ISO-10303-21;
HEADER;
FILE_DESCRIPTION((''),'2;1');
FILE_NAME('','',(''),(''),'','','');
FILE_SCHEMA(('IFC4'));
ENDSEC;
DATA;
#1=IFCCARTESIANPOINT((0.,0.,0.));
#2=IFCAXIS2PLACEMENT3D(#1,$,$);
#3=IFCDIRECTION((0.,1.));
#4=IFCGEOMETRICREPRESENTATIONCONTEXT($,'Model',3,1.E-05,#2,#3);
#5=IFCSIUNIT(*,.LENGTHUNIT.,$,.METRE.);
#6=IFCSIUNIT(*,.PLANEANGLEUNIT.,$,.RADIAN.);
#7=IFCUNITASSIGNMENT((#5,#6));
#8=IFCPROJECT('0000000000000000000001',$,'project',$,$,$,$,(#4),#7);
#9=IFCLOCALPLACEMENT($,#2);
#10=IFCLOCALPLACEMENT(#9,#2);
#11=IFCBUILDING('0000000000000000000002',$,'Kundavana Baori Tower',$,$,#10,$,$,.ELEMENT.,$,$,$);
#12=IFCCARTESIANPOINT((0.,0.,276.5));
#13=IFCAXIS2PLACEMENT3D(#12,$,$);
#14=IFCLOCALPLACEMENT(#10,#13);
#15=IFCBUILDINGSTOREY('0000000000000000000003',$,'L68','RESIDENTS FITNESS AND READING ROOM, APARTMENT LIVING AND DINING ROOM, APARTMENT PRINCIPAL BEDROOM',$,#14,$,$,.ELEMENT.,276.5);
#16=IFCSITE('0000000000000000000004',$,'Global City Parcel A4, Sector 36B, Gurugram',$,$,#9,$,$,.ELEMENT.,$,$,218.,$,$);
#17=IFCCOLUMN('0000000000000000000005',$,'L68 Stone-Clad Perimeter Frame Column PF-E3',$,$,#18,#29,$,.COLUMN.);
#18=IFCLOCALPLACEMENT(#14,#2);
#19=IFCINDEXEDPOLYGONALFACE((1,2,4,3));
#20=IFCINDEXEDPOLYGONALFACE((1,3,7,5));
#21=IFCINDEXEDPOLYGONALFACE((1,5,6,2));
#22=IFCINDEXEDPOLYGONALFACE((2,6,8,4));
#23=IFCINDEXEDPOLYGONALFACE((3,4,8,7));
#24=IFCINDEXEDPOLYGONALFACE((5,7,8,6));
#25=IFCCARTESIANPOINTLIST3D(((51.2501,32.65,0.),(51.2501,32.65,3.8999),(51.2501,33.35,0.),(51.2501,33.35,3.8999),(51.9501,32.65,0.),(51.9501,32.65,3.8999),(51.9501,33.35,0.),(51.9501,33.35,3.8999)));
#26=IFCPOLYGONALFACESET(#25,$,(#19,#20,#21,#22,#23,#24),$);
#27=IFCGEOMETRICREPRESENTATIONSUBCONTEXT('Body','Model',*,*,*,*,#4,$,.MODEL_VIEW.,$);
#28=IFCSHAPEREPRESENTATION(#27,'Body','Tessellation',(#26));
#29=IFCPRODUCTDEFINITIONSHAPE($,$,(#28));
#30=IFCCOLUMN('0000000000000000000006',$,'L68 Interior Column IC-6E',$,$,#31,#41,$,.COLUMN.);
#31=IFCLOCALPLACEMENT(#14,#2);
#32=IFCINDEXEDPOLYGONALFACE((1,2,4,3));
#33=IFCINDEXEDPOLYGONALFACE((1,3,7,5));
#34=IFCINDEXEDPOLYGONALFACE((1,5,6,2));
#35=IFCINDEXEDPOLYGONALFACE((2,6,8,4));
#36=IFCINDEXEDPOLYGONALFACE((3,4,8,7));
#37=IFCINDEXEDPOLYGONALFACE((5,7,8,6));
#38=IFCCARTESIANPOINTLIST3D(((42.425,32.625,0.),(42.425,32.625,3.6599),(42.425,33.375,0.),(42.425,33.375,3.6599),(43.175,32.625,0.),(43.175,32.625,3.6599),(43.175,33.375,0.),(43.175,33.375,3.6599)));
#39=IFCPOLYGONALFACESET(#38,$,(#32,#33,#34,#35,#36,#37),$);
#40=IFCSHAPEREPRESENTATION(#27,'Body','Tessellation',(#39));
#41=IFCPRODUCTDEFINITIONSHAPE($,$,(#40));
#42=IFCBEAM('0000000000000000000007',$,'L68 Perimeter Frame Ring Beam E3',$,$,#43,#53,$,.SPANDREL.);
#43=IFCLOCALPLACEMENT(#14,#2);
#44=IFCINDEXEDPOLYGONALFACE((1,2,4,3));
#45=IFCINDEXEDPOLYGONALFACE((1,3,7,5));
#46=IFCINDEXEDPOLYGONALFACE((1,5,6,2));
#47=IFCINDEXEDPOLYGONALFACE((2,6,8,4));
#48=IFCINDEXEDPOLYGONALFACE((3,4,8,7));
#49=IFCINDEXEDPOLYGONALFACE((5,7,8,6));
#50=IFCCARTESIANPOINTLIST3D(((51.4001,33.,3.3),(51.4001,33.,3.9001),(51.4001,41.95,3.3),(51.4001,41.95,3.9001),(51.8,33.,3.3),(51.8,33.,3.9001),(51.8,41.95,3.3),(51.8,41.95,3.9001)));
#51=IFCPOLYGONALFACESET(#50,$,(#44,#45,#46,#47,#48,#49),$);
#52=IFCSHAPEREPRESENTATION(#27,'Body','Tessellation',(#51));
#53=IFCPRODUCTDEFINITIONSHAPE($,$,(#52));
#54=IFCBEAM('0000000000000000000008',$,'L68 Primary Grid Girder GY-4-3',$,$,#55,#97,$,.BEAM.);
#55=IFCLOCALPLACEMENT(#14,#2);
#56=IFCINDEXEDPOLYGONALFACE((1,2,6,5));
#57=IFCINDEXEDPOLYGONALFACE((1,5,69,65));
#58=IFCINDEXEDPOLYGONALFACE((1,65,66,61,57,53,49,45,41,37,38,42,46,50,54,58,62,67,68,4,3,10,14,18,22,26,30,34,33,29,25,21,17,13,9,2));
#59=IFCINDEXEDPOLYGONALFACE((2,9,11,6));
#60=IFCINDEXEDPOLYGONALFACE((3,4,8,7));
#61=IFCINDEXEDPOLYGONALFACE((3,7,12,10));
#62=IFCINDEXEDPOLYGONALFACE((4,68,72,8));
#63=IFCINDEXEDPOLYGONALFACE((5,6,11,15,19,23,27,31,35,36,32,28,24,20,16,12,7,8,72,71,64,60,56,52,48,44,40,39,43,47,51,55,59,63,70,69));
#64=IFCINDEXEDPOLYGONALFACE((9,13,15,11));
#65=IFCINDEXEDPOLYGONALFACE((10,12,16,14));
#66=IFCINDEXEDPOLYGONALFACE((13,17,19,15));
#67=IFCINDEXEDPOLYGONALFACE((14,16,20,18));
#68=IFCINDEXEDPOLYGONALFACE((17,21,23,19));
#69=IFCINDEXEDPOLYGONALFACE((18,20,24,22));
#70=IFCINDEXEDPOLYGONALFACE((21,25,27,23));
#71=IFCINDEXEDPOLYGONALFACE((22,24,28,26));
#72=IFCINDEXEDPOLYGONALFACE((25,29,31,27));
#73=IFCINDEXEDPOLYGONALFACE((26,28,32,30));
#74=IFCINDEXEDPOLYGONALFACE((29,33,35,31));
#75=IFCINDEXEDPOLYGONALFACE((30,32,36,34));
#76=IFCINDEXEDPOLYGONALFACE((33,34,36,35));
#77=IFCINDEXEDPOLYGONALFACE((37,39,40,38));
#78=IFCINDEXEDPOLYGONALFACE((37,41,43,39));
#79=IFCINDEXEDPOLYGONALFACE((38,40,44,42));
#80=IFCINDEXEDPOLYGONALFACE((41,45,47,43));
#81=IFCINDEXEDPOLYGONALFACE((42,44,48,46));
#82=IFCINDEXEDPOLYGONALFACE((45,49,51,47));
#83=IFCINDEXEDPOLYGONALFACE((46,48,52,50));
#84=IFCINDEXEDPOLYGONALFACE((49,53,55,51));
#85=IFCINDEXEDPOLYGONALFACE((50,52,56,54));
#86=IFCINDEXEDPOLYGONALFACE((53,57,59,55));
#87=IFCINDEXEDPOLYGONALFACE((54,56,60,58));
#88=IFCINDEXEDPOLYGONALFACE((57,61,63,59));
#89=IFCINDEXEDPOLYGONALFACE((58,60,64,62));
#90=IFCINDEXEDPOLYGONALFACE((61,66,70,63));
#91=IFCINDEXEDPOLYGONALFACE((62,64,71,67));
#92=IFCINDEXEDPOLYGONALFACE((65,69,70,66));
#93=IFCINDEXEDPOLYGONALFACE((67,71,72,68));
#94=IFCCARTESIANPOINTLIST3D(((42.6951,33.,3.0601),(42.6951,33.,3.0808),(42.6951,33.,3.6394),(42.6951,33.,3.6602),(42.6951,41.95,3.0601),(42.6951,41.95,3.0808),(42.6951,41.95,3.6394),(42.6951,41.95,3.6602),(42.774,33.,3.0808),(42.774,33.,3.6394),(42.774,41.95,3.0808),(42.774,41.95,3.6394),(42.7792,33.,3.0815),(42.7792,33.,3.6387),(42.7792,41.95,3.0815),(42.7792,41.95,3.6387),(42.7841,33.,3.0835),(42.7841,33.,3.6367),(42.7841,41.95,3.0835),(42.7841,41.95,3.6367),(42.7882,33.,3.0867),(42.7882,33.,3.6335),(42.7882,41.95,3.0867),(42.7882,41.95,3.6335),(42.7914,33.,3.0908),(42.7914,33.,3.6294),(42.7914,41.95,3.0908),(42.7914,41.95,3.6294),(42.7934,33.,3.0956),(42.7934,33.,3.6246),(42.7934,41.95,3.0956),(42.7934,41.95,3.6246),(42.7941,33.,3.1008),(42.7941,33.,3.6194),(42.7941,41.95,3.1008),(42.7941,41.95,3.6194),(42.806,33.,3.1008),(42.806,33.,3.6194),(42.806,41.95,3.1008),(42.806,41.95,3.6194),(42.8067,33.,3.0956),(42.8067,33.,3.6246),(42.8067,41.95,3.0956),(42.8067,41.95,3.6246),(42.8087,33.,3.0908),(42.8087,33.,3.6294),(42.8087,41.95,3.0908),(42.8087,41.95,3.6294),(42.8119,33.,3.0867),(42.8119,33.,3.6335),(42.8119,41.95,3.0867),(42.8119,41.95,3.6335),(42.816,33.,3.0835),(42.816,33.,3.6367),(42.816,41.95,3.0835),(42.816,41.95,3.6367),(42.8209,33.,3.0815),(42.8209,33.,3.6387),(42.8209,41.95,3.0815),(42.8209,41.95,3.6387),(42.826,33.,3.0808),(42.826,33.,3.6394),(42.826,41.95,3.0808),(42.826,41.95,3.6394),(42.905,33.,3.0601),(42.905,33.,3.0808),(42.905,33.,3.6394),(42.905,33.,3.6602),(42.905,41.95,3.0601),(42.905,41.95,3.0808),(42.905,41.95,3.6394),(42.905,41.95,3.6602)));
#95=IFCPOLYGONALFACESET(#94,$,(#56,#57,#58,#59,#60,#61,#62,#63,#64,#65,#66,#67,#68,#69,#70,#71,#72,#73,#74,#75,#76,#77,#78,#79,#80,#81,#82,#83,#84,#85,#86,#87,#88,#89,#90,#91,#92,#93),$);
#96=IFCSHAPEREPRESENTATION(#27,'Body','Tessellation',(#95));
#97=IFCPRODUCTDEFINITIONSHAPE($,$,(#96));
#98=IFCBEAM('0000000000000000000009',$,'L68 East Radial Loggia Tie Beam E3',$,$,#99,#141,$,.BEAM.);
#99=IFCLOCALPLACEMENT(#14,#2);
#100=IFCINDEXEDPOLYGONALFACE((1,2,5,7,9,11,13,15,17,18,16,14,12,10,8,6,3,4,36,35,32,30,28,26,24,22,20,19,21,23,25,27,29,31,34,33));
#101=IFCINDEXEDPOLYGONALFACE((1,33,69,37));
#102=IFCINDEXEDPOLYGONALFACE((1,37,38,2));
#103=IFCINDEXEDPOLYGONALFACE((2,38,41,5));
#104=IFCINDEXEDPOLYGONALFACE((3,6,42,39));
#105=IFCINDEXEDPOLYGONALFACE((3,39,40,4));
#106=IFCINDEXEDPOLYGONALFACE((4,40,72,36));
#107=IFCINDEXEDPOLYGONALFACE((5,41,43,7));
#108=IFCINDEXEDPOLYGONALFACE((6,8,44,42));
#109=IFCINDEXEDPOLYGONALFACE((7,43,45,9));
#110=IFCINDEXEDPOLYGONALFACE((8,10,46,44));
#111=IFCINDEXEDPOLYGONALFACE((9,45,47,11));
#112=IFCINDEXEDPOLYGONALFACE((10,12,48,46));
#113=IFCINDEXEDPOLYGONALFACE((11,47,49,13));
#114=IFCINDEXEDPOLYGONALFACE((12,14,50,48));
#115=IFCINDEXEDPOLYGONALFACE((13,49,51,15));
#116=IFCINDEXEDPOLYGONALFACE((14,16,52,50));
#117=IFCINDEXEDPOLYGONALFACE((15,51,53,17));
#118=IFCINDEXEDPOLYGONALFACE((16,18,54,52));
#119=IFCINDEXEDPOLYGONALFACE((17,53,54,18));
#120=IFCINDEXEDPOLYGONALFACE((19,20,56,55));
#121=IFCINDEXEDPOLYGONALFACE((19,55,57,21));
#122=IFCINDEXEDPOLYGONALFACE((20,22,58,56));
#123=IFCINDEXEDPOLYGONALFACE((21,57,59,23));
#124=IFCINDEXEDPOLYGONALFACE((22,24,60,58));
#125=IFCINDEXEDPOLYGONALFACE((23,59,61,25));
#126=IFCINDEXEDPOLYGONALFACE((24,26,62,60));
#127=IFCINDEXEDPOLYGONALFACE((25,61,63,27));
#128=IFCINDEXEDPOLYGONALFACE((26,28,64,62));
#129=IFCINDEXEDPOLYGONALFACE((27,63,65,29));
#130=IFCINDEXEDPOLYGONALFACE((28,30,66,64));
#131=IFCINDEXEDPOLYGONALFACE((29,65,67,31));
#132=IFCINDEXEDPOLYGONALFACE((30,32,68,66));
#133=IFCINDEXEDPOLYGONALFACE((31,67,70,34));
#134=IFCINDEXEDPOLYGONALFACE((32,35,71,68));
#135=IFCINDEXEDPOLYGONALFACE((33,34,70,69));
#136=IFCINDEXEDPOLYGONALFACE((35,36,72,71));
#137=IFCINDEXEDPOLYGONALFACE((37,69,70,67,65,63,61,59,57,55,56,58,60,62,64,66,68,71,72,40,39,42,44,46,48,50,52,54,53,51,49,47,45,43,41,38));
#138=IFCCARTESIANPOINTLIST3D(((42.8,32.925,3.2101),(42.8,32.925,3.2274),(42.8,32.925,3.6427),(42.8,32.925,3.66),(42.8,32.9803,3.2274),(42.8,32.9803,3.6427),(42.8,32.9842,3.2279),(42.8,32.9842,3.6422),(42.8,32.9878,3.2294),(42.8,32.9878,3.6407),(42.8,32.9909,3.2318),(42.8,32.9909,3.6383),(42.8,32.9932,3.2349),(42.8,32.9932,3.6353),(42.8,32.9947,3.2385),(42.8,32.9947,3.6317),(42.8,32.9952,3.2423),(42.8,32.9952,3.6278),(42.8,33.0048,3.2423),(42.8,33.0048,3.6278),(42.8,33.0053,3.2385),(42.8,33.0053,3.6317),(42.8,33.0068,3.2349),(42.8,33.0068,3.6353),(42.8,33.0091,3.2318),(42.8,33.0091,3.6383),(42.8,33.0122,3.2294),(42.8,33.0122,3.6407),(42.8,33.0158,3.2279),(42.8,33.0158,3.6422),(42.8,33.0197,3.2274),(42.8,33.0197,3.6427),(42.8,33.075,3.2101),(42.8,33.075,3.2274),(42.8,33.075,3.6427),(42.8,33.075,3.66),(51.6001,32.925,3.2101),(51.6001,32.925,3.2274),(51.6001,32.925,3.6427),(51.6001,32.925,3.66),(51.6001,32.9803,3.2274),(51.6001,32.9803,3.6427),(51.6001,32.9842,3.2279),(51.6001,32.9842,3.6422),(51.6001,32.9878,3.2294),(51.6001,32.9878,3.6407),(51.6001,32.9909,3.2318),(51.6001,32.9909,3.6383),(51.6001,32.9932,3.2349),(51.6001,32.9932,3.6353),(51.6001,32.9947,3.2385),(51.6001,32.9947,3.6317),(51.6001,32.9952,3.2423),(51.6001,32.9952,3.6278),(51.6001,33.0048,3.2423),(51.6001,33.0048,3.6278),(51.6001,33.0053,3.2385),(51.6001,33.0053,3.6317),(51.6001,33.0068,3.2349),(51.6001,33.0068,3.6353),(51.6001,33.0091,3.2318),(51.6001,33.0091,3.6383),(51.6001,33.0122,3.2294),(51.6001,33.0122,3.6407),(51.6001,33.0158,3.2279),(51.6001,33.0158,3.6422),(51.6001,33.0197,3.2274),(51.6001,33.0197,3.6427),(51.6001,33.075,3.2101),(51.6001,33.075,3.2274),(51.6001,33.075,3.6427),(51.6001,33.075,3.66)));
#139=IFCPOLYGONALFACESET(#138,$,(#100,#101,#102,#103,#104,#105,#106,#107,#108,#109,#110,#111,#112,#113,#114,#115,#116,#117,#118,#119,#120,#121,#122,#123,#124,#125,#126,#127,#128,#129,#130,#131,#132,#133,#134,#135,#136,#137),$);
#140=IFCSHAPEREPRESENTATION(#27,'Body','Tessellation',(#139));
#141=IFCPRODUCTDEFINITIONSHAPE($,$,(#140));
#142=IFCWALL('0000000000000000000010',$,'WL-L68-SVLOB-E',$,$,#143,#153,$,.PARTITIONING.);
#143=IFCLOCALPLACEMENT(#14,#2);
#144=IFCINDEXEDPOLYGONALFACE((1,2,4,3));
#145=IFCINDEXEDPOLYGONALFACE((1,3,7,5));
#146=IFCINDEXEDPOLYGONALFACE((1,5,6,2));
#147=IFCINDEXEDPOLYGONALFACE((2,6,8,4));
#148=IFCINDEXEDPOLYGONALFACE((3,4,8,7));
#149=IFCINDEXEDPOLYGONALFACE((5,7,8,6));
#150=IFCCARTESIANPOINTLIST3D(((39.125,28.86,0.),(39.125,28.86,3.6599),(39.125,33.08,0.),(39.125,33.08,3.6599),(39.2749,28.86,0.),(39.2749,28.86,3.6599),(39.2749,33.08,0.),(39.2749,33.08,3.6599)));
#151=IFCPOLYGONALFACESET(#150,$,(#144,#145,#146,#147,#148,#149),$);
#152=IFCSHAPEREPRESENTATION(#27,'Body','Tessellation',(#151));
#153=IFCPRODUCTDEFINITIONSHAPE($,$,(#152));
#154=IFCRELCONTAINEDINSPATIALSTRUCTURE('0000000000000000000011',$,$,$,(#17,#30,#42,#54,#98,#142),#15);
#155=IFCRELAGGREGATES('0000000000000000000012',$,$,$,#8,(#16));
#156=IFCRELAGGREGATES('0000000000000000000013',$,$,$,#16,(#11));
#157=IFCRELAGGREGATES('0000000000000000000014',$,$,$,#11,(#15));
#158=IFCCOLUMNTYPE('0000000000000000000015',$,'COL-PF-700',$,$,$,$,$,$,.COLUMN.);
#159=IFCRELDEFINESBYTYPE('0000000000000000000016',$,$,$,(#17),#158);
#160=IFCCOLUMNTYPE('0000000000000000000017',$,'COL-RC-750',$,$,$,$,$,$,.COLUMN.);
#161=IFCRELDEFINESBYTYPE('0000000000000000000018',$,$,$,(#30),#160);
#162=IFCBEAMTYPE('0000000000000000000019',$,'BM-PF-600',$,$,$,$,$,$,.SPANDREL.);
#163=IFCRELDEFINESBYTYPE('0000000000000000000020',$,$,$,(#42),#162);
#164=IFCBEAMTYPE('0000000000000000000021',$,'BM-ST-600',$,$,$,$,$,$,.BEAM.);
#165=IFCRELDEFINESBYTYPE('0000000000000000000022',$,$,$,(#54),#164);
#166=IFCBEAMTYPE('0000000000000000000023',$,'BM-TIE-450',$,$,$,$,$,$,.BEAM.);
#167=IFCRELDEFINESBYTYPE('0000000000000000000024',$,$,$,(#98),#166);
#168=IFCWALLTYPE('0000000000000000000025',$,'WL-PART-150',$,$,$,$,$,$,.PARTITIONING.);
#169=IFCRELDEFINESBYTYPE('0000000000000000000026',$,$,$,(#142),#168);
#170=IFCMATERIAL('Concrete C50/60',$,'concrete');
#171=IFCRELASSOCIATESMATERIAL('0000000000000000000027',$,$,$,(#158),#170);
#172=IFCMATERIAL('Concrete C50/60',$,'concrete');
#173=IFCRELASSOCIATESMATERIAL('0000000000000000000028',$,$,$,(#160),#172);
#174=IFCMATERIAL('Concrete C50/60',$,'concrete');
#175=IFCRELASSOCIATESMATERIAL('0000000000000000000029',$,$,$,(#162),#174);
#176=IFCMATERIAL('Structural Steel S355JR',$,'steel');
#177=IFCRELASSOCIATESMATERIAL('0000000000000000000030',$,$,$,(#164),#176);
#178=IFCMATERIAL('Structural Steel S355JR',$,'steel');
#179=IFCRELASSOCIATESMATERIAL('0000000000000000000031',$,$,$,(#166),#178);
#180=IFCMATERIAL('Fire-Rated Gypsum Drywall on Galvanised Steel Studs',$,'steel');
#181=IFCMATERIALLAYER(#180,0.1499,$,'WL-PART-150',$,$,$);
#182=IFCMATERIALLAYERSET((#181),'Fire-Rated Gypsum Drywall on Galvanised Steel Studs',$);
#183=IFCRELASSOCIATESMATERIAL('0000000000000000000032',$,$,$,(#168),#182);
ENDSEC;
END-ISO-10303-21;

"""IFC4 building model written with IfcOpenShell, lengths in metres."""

from ifc_helpers import new_model, si_unit, direction, frame, frame_2d, origin, origin_2d, place, context, subcontext, project, spatial, rectangle, i_section, extrude, material, layer, layer_set, material_profile, profile_set, type_object, element, save


model = new_model("IFC4")

# Units and contexts
model_context = context("Model", 3, precision=1e-05, world=origin(), true_north=direction((0.0, 1.0)))
body_context = subcontext(model_context, "Body", "Model", "MODEL_VIEW")
ifc_project = project(units=[si_unit("LENGTHUNIT", "METRE"), si_unit("PLANEANGLEUNIT", "RADIAN")], contexts=[model_context])

# Site, building, storey
site_placement = place(None, origin())
site = spatial("IfcSite", under=ifc_project, at=site_placement, Name="Global City Parcel A4, Sector 36B, Gurugram", CompositionType="ELEMENT", RefElevation=218.0)
building_placement = place(site_placement, origin())
building = spatial("IfcBuilding", under=site, at=building_placement, Name="Kundavana Baori Tower", CompositionType="ELEMENT")
storey_placement = place(building_placement, frame((0.0, 0.0, 276.5)))
storey = spatial("IfcBuildingStorey", under=building, at=storey_placement, Name="L68", Description="RESIDENTS FITNESS AND READING ROOM, APARTMENT LIVING AND DINING ROOM, APARTMENT PRINCIPAL BEDROOM", CompositionType="ELEMENT", Elevation=276.5)

# Columns
ifc_material_1 = material(Name="Concrete C50/60", Category="concrete")
ifc_material_profile_1 = material_profile(ifc_material_1, rectangle(XDim=0.7, YDim=0.7, at=origin_2d()), Name="RC PF 700x700")
ifc_profile_set_1 = profile_set([ifc_material_profile_1], Name="Concrete C50/60")
column_type_1 = type_object("IfcColumnType", Name="COL-PF-700", PredefinedType="COLUMN", material=ifc_profile_set_1)
column_1_placement = place(storey_placement, frame((51.6001, 33.0, 0.0), z_axis=(0.0, 0.0, 1.0), x_axis=(1.0, 0.0, 0.0)))
element("IfcColumn", 1, at=column_1_placement, inside=storey, type_object=column_type_1, Name="L68 Stone-Clad Perimeter Frame Column PF-E3", PredefinedType="COLUMN", context=body_context, shape_type="SweptSolid", body=[
    extrude(rectangle(XDim=0.7, YDim=0.7, at=origin_2d()), origin(), (0.0, 0.0, 1.0), 3.8999),
])
ifc_material_2 = material(Name="Concrete C50/60", Category="concrete")
ifc_material_profile_2 = material_profile(ifc_material_2, rectangle(XDim=0.75, YDim=0.75, at=origin_2d()), Name="RC 750x750")
ifc_profile_set_2 = profile_set([ifc_material_profile_2], Name="Concrete C50/60")
column_type_2 = type_object("IfcColumnType", Name="COL-RC-750", PredefinedType="COLUMN", material=ifc_profile_set_2)
column_2_placement = place(storey_placement, frame((42.8, 33.0, 0.0), z_axis=(0.0, 0.0, 1.0), x_axis=(1.0, 0.0, 0.0)))
element("IfcColumn", 2, at=column_2_placement, inside=storey, type_object=column_type_2, Name="L68 Interior Column IC-6E", PredefinedType="COLUMN", context=body_context, shape_type="SweptSolid", body=[
    extrude(rectangle(XDim=0.75, YDim=0.75, at=origin_2d()), origin(), (0.0, 0.0, 1.0), 3.6599),
])

# Beams
ifc_material_3 = material(Name="Concrete C50/60", Category="concrete")
ifc_material_profile_3 = material_profile(ifc_material_3, rectangle(XDim=0.3999, YDim=0.6001, at=origin_2d()), Name="RC BM 400x600")
ifc_profile_set_3 = profile_set([ifc_material_profile_3], Name="Concrete C50/60")
beam_type_1 = type_object("IfcBeamType", Name="BM-PF-600", PredefinedType="SPANDREL", material=ifc_profile_set_3)
beam_1_placement = place(storey_placement, frame((51.6001, 33.0, 3.6001), z_axis=(0.0, 1.0, 0.0), x_axis=(-1.0, 0.0, 0.0)))
element("IfcBeam", 3, at=beam_1_placement, inside=storey, type_object=beam_type_1, Name="L68 Perimeter Frame Ring Beam E3", PredefinedType="SPANDREL", context=body_context, shape_type="SweptSolid", body=[
    extrude(rectangle(XDim=0.3999, YDim=0.6001, at=origin_2d()), origin(), (0.0, 0.0, 1.0), 8.95),
])
ifc_material_4 = material(Name="Structural Steel S355JR", Category="steel")
ifc_material_profile_4 = material_profile(ifc_material_4, i_section(OverallWidth=0.21, OverallDepth=0.6001, WebThickness=0.012, FlangeThickness=0.0208, FilletRadius=0.02, at=origin_2d()), Name="ISMB 600")
ifc_profile_set_4 = profile_set([ifc_material_profile_4], Name="Structural Steel S355JR")
beam_type_2 = type_object("IfcBeamType", Name="BM-ST-600", PredefinedType="BEAM", material=ifc_profile_set_4)
beam_2_placement = place(storey_placement, frame((42.8, 33.0, 3.3601), z_axis=(0.0, 1.0, 0.0), x_axis=(-1.0, 0.0, 0.0)))
element("IfcBeam", 4, at=beam_2_placement, inside=storey, type_object=beam_type_2, Name="L68 Primary Grid Girder GY-4-3", PredefinedType="BEAM", context=body_context, shape_type="SweptSolid", body=[
    extrude(i_section(OverallWidth=0.21, OverallDepth=0.6001, WebThickness=0.012, FlangeThickness=0.0208, FilletRadius=0.02, at=origin_2d()), origin(), (0.0, 0.0, 1.0), 8.95),
])
ifc_material_5 = material(Name="Structural Steel S355JR", Category="steel")
ifc_material_profile_5 = material_profile(ifc_material_5, i_section(OverallWidth=0.1499, OverallDepth=0.45, WebThickness=0.0095, FlangeThickness=0.0173, FilletRadius=0.0149, at=origin_2d()), Name="ISMB 450")
ifc_profile_set_5 = profile_set([ifc_material_profile_5], Name="Structural Steel S355JR")
beam_type_3 = type_object("IfcBeamType", Name="BM-TIE-450", PredefinedType="BEAM", material=ifc_profile_set_5)
beam_3_placement = place(storey_placement, frame((42.8, 33.0, 3.4351), z_axis=(1.0, 0.0, 0.0), x_axis=(0.0, 1.0, 0.0)))
element("IfcBeam", 5, at=beam_3_placement, inside=storey, type_object=beam_type_3, Name="L68 East Radial Loggia Tie Beam E3", PredefinedType="BEAM", context=body_context, shape_type="SweptSolid", body=[
    extrude(i_section(OverallWidth=0.1499, OverallDepth=0.45, WebThickness=0.0095, FlangeThickness=0.0173, FilletRadius=0.0149, at=origin_2d()), origin(), (0.0, 0.0, 1.0), 8.8),
])

# Wall
ifc_material_6 = material(Name="Fire-Rated Gypsum Drywall on Galvanised Steel Studs", Category="steel")
ifc_layer_1 = layer(ifc_material_6, 0.1499, Name="WL-PART-150")
ifc_layer_set_1 = layer_set([ifc_layer_1], Name="Fire-Rated Gypsum Drywall on Galvanised Steel Studs")
wall_type_1 = type_object("IfcWallType", Name="WL-PART-150", PredefinedType="PARTITIONING", material=ifc_layer_set_1)
wall_1_placement = place(storey_placement, frame((39.2, 28.8601, 0.0), z_axis=(0.0, 0.0, 1.0), x_axis=(0.0, 1.0, 0.0)))
element("IfcWall", 6, at=wall_1_placement, inside=storey, type_object=wall_type_1, Name="WL-L68-SVLOB-E", PredefinedType="PARTITIONING", context=body_context, shape_type="SweptSolid", body=[
    extrude(rectangle(XDim=4.22, YDim=0.1499, at=frame_2d((2.1099, 0.0))), origin(), (0.0, 0.0, 1.0), 3.6599),
])

save(model, "model.ifc")
